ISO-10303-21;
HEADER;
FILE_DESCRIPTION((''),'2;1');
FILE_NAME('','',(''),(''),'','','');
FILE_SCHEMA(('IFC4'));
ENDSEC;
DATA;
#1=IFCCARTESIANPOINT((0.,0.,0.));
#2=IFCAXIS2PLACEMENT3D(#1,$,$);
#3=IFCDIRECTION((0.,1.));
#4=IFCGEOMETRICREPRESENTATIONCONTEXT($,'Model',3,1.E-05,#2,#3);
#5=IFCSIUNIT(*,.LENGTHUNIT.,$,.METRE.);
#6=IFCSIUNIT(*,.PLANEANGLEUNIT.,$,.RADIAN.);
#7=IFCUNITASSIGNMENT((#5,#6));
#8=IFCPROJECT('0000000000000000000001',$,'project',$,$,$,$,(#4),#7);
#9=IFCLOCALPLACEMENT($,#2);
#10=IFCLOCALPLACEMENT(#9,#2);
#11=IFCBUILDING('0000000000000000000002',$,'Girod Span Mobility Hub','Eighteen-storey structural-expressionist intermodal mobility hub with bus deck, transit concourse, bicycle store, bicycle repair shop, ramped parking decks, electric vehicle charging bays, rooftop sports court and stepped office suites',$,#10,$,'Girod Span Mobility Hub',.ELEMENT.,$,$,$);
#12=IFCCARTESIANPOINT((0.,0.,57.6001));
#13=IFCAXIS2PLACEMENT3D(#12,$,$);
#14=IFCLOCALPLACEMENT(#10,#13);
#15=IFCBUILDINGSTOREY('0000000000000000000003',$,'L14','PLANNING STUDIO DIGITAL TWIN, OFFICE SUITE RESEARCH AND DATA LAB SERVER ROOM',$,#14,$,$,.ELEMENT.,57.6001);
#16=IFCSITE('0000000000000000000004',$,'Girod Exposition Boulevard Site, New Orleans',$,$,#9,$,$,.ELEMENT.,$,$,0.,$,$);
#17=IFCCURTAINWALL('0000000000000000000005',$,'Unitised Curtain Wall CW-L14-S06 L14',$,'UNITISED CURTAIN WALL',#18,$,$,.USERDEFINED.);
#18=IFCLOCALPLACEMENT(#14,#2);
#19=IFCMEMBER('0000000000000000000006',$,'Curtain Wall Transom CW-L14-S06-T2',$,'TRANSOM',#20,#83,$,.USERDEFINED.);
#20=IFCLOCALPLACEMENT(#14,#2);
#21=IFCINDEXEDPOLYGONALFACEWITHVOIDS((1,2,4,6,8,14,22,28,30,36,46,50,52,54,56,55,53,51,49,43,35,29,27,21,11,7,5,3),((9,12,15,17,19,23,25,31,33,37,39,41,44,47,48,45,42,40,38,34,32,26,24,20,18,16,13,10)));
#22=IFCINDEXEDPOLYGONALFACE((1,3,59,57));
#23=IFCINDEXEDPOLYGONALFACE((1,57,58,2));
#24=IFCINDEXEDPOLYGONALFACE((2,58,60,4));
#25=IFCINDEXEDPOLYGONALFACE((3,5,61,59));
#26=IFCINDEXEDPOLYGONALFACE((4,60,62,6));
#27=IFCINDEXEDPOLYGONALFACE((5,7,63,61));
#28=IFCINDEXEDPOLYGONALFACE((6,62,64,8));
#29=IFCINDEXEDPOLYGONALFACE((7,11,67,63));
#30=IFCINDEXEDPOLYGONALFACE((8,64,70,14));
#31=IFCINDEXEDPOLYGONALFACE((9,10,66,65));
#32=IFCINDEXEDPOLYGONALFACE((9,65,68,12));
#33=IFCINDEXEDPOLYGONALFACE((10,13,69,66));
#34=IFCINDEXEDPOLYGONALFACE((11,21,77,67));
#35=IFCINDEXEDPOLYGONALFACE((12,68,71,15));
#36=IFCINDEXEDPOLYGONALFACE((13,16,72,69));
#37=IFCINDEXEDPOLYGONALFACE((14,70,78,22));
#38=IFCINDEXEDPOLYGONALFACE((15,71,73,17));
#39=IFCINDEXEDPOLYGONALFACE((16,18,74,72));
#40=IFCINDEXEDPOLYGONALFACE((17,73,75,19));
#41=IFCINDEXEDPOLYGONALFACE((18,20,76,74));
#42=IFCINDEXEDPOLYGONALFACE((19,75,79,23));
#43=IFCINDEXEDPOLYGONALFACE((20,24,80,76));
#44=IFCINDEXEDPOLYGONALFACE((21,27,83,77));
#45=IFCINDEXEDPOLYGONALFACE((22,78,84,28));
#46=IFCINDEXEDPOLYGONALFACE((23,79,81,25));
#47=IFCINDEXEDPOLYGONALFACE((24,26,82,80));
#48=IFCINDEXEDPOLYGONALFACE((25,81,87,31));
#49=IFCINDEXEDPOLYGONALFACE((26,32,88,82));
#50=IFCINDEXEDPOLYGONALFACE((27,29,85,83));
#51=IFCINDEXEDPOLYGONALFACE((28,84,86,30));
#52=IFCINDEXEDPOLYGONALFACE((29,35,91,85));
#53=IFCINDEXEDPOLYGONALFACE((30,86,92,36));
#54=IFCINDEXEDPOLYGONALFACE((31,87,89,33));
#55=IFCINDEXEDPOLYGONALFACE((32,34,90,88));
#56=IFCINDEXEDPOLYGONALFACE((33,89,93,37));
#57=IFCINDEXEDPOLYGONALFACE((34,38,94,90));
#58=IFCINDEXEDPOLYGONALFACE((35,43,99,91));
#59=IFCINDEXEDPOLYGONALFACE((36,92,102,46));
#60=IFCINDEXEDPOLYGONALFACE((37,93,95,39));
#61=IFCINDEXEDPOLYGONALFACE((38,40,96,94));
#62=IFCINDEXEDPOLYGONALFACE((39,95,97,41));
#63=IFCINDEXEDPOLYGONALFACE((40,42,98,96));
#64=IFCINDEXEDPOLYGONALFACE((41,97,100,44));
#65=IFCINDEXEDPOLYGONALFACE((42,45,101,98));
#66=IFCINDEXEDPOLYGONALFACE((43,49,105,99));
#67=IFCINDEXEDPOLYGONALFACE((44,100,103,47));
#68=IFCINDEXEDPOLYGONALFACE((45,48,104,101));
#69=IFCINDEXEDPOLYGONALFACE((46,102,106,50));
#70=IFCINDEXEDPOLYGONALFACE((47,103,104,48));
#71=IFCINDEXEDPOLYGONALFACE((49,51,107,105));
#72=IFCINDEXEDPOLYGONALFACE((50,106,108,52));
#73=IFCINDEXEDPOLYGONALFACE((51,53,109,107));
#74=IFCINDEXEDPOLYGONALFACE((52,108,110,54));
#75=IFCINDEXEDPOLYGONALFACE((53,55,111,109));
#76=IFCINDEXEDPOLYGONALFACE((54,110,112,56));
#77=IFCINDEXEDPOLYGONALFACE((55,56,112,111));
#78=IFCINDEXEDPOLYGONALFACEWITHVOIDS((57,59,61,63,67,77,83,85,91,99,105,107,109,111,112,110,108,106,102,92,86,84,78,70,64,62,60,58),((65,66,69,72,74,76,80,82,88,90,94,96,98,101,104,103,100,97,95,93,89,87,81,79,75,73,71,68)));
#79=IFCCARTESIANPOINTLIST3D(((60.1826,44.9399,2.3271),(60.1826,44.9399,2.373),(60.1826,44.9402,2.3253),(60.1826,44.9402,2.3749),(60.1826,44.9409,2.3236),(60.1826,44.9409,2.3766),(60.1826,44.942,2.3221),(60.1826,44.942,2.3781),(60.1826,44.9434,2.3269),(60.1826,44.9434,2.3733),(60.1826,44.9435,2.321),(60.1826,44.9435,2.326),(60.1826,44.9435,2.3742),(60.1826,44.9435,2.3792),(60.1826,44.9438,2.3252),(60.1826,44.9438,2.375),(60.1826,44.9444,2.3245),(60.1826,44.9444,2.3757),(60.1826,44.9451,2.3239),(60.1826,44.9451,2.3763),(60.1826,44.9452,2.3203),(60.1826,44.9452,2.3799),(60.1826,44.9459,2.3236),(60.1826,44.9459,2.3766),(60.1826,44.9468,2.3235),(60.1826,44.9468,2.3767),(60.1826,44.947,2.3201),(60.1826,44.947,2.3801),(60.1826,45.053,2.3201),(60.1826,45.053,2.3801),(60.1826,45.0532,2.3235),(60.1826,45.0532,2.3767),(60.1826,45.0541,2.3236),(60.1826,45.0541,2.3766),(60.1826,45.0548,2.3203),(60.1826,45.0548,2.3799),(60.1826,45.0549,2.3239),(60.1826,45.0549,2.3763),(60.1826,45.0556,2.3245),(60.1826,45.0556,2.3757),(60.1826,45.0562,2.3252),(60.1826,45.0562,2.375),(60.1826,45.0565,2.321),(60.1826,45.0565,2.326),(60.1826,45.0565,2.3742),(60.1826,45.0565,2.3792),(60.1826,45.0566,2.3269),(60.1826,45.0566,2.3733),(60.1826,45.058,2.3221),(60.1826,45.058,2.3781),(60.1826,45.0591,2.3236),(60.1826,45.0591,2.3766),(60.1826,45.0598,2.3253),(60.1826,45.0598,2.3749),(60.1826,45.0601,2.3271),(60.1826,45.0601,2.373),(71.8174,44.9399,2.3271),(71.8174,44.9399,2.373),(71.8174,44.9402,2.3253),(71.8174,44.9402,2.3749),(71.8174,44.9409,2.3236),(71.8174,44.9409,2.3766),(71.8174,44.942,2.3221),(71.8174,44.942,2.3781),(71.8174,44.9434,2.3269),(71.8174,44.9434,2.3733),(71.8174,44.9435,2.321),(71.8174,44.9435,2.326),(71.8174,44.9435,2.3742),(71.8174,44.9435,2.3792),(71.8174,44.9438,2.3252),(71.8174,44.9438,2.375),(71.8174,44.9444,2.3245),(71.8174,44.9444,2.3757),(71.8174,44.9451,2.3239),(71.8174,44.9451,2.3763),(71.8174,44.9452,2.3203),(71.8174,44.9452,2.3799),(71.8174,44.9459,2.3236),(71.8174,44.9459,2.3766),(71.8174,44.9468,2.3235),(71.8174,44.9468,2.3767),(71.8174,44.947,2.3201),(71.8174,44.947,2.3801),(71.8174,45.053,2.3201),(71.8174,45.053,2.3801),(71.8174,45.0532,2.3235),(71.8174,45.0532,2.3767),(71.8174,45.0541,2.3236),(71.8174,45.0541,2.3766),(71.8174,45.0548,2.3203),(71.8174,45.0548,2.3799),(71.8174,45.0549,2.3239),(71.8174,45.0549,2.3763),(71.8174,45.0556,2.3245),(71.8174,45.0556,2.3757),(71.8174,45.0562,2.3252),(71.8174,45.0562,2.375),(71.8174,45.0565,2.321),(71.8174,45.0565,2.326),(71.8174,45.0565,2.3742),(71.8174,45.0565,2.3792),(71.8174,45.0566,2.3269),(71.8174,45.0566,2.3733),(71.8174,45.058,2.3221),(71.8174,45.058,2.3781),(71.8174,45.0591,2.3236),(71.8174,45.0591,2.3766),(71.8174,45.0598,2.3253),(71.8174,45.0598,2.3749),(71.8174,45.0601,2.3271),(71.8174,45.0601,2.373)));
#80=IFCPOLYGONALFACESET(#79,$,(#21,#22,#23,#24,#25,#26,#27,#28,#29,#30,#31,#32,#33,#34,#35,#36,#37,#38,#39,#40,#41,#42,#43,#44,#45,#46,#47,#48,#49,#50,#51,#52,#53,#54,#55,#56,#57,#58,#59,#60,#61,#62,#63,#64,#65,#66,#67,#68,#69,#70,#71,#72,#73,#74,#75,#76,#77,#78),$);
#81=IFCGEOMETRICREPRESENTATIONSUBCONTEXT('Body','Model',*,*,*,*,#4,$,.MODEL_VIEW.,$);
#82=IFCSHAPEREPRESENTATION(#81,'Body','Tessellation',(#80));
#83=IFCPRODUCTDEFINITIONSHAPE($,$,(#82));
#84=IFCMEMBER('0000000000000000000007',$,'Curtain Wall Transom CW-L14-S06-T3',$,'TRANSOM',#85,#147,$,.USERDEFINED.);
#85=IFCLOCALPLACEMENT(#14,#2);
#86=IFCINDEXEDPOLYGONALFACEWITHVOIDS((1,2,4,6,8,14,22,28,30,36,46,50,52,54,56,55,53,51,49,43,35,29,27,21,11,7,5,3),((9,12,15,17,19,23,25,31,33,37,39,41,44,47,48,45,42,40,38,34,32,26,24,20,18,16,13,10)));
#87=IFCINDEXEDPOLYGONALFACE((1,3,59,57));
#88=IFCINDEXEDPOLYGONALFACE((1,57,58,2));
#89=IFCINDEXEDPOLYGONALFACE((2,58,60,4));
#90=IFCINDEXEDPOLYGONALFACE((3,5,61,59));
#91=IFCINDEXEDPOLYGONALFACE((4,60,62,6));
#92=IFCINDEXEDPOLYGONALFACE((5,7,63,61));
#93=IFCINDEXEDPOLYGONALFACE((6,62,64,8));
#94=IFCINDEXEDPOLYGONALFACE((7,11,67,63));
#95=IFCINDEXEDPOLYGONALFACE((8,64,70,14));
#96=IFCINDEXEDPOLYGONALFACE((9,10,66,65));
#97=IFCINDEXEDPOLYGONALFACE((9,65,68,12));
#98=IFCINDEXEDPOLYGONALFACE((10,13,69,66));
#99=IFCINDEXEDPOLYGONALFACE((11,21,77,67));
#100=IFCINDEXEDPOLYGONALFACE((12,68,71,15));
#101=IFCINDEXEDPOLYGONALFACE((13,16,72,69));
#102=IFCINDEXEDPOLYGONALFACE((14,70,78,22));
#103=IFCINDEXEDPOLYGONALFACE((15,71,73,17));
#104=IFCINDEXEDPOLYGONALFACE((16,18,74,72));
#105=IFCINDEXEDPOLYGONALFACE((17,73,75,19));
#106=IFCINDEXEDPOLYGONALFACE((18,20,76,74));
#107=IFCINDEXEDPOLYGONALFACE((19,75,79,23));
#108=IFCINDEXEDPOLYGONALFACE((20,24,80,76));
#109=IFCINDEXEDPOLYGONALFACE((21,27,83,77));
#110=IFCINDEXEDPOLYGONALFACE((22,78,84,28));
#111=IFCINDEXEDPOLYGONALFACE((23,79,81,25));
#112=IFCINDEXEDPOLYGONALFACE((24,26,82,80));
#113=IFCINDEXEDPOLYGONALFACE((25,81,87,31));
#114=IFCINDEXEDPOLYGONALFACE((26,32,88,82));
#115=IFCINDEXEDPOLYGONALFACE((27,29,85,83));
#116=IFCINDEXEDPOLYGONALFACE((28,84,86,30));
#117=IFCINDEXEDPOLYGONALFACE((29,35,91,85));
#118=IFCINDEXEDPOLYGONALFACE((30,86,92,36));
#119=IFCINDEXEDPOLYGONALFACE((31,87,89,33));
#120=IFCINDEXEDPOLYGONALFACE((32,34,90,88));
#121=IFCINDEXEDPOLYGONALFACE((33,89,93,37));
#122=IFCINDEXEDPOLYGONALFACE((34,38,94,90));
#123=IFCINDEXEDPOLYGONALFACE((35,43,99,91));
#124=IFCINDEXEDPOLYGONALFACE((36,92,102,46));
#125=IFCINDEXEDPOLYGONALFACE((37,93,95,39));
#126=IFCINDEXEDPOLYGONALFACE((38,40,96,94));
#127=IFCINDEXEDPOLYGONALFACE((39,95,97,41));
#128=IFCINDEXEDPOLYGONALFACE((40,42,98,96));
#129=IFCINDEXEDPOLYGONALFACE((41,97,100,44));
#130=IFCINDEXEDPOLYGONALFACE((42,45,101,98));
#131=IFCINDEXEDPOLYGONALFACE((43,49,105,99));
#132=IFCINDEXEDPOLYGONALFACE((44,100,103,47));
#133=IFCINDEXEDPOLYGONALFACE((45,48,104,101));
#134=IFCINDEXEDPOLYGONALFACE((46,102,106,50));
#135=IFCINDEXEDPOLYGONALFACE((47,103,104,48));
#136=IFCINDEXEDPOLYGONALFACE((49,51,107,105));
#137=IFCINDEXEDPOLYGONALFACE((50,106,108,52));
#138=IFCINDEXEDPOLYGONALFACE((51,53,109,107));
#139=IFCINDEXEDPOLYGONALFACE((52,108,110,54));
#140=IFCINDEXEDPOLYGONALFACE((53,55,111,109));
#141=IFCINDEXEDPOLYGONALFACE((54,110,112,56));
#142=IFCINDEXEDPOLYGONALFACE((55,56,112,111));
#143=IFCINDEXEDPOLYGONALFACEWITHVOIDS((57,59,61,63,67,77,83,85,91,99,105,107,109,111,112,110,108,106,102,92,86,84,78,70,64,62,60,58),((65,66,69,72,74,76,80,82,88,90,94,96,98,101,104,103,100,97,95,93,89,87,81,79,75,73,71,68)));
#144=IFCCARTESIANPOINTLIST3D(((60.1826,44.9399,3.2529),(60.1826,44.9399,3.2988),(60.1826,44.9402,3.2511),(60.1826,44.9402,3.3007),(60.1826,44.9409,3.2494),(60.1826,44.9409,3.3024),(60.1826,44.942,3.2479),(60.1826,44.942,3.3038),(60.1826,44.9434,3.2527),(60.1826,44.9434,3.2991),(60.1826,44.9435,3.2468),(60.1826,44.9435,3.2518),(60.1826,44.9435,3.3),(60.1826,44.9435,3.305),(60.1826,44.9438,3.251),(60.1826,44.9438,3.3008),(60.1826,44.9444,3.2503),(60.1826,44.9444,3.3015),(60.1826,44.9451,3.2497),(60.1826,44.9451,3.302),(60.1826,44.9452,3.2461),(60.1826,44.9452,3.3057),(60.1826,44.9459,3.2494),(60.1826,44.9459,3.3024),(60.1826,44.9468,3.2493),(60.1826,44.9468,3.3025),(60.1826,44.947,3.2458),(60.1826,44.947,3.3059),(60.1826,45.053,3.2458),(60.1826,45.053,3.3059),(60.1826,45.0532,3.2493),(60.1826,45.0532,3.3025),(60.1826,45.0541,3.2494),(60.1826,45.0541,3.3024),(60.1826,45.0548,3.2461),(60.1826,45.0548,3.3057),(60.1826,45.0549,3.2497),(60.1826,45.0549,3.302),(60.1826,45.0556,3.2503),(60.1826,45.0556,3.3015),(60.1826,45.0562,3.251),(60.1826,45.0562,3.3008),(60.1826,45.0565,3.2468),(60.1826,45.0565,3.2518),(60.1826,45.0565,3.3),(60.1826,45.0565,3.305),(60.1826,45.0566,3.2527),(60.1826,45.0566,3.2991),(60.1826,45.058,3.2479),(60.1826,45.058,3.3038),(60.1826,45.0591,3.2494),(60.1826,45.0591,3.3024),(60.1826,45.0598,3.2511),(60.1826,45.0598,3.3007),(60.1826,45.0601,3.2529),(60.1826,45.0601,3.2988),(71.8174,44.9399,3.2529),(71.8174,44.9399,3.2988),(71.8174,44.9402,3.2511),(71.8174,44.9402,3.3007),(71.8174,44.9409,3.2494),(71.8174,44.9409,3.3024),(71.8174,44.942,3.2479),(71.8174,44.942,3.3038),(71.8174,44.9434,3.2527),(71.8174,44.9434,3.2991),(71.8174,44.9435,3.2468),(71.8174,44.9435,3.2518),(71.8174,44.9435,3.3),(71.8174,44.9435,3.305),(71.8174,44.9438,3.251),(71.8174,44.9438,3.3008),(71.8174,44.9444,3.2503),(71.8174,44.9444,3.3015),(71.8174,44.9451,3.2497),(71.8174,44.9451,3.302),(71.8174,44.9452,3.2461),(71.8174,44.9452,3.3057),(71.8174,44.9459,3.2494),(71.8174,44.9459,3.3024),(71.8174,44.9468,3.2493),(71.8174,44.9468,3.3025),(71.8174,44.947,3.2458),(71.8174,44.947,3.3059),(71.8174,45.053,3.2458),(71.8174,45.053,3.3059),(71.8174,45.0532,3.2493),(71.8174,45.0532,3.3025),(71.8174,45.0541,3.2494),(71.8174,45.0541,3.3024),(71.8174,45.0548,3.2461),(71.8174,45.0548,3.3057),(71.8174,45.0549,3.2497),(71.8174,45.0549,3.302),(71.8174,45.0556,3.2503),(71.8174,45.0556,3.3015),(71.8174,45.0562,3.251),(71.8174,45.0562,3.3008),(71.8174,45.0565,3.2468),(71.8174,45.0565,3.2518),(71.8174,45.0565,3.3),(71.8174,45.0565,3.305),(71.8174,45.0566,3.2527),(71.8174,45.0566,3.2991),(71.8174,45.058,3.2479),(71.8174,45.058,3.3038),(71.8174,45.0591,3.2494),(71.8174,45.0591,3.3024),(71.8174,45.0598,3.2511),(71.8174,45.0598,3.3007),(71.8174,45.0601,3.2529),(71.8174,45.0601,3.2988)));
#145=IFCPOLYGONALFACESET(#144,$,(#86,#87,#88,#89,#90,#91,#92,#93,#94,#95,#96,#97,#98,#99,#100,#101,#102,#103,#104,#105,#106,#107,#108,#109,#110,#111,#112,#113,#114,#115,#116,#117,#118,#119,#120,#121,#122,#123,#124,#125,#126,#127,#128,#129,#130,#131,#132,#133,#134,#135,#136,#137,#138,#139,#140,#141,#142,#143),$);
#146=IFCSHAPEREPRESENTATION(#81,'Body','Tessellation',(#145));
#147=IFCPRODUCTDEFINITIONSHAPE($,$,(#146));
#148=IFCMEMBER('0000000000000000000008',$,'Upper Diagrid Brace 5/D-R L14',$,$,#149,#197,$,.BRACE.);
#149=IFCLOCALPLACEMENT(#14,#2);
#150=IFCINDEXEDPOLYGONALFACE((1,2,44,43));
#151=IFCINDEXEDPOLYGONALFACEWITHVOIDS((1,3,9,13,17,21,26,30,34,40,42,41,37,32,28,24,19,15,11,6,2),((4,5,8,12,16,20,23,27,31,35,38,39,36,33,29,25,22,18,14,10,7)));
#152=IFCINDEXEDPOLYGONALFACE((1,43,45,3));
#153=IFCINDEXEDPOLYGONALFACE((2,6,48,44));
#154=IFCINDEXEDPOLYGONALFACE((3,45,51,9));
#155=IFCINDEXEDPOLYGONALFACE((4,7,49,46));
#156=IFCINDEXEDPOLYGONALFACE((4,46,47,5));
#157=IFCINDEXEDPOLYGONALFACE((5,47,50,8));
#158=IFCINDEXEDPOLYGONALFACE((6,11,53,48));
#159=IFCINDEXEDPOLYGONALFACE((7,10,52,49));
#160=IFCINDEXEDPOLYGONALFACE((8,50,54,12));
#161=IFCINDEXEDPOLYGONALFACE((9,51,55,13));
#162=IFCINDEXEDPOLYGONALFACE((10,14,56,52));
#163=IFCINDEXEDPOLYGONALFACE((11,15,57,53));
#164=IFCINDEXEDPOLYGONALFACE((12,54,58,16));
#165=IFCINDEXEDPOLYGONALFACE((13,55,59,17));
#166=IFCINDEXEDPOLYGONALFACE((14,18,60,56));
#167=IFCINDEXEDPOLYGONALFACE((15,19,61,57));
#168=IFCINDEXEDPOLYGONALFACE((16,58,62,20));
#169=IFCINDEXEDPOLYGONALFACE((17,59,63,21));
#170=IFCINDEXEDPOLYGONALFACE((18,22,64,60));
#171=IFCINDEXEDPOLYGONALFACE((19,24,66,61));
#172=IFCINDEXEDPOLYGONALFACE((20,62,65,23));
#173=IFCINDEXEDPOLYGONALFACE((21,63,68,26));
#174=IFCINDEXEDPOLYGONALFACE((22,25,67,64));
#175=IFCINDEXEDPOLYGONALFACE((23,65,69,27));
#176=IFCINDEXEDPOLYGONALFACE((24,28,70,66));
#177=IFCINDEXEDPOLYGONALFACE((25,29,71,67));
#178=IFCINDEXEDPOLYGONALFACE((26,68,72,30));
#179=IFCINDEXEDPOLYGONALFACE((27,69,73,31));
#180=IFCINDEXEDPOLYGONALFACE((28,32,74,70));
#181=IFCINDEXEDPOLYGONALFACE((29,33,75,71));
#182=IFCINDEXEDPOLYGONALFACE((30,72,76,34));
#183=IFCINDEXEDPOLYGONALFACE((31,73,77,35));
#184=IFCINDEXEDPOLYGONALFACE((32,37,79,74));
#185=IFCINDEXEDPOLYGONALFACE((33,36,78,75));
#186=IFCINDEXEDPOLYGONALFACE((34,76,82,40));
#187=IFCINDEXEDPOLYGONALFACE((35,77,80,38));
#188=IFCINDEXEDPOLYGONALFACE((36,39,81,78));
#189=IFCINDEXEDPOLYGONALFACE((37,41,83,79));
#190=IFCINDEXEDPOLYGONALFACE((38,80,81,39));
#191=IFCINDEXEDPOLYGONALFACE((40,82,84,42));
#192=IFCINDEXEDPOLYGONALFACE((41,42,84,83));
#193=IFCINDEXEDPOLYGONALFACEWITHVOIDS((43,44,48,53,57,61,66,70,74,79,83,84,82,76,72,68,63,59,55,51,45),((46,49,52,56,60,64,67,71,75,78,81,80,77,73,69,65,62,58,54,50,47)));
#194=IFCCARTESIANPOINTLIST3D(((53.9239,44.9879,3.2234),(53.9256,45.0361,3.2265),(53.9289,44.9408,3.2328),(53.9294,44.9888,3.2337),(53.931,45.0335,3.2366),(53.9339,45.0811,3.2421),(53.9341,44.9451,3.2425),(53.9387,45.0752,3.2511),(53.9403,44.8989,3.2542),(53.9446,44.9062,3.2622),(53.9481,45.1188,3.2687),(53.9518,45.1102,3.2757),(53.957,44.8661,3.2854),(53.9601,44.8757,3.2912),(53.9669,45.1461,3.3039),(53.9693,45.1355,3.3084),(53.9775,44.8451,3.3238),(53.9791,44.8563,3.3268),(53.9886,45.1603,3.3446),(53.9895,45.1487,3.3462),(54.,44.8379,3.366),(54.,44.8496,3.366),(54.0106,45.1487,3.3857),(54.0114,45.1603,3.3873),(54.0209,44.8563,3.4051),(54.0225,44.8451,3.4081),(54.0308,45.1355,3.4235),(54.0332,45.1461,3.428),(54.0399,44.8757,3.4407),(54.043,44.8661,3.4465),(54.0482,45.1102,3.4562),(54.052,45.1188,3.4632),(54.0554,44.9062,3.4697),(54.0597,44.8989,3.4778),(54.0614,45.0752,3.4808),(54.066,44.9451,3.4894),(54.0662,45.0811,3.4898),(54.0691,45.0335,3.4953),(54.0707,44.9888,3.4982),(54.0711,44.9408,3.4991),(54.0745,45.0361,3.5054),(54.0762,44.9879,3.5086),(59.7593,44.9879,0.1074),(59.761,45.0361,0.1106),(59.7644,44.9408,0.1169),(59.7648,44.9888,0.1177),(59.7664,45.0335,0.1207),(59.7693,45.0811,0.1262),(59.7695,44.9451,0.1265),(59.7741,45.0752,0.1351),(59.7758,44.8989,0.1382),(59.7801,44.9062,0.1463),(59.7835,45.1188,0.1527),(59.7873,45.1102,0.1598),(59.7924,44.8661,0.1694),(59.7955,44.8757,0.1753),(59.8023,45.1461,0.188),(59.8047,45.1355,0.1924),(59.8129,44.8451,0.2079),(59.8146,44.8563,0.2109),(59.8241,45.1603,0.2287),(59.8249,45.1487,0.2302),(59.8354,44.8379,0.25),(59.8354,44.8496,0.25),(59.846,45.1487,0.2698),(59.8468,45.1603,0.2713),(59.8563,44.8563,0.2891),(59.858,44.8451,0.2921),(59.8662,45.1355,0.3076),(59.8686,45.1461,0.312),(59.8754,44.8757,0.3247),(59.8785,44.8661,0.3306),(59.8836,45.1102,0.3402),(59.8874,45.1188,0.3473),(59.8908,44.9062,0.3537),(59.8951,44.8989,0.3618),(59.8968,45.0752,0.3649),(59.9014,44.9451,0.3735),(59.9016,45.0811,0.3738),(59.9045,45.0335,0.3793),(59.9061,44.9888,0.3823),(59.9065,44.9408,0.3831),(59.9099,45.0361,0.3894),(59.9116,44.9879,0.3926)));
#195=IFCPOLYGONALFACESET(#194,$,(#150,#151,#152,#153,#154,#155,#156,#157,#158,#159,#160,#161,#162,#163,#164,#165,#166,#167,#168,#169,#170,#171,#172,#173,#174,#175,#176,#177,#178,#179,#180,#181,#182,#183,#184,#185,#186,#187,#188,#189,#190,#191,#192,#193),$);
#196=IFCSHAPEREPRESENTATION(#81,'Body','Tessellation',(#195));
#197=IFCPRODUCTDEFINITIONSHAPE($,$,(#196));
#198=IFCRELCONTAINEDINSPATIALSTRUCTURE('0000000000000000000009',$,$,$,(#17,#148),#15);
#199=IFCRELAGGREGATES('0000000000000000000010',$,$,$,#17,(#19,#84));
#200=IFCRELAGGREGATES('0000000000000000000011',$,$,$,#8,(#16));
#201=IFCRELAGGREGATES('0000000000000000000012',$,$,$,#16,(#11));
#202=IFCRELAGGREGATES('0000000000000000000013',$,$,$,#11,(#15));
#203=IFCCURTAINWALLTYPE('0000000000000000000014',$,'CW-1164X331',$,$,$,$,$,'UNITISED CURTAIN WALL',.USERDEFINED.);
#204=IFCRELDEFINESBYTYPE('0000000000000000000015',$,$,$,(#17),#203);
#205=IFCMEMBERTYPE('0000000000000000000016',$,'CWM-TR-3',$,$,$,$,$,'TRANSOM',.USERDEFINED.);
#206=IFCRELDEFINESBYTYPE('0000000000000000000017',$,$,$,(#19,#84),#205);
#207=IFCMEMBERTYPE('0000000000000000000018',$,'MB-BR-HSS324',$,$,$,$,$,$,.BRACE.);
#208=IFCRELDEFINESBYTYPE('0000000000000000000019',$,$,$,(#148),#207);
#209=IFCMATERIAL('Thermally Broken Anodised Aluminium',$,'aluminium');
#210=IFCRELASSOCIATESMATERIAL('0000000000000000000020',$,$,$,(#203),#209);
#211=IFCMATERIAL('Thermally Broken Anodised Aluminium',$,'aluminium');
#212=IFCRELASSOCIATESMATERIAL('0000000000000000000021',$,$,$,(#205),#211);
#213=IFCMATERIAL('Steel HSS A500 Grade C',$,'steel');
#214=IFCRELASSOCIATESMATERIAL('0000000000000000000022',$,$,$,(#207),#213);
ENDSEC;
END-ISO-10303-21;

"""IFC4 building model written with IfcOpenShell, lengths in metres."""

from ifc_helpers import new_model, si_unit, direction, frame, origin, origin_2d, place, context, subcontext, project, spatial, hollow_rectangle, hollow_circle, extrude, material, material_profile, profile_set, type_object, element, aggregate, save


model = new_model("IFC4")

# Units and contexts
model_context = context("Model", 3, precision=1e-05, world=origin(), true_north=direction((0.0, 1.0)))
body_context = subcontext(model_context, "Body", "Model", "MODEL_VIEW")
ifc_project = project(units=[si_unit("LENGTHUNIT", "METRE"), si_unit("PLANEANGLEUNIT", "RADIAN")], contexts=[model_context])

# Site, building, storey
site_placement = place(None, origin())
site = spatial("IfcSite", under=ifc_project, at=site_placement, Name="Girod Exposition Boulevard Site, New Orleans", CompositionType="ELEMENT", RefElevation=0.0)
building_placement = place(site_placement, origin())
building = spatial("IfcBuilding", under=site, at=building_placement, Name="Girod Span Mobility Hub", Description="Eighteen-storey structural-expressionist intermodal mobility hub with bus deck, transit concourse, bicycle store, bicycle repair shop, ramped parking decks, electric vehicle charging bays, rooftop sports court and stepped office suites", LongName="Girod Span Mobility Hub", CompositionType="ELEMENT")
storey_placement = place(building_placement, frame((0.0, 0.0, 57.6001)))
storey = spatial("IfcBuildingStorey", under=building, at=storey_placement, Name="L14", Description="PLANNING STUDIO DIGITAL TWIN, OFFICE SUITE RESEARCH AND DATA LAB SERVER ROOM", CompositionType="ELEMENT", Elevation=57.6001)

# Curtain wall, members
ifc_material_1 = material(Name="Thermally Broken Anodised Aluminium", Category="aluminium")
curtain_wall_type = type_object("IfcCurtainWallType", Name="CW-1164X331", ElementType="UNITISED CURTAIN WALL", PredefinedType="USERDEFINED", material=ifc_material_1)
curtain_wall_1_placement = place(storey_placement, origin())
curtain_wall_1 = element("IfcCurtainWall", 1, at=curtain_wall_1_placement, inside=storey, type_object=curtain_wall_type, Name="Unitised Curtain Wall CW-L14-S06 L14", ObjectType="UNITISED CURTAIN WALL", PredefinedType="USERDEFINED")
ifc_material_2 = material(Name="Thermally Broken Anodised Aluminium", Category="aluminium")
ifc_material_profile_1 = material_profile(ifc_material_2, hollow_rectangle(XDim=0.1201, YDim=0.0601, WallThickness=0.0034, InnerFilletRadius=0.0034, OuterFilletRadius=0.0071, at=origin_2d()), Name="CW-TR-60X120")
ifc_profile_set_1 = profile_set([ifc_material_profile_1], Name="Thermally Broken Anodised Aluminium")
member_type_1 = type_object("IfcMemberType", Name="CWM-TR-3", ElementType="TRANSOM", PredefinedType="USERDEFINED", material=ifc_profile_set_1)
member_1_placement = place(storey_placement, frame((60.1826, 45.0, 2.3501), z_axis=(1.0, 0.0, 0.0), x_axis=(0.0, 1.0, 0.0)))
member_1 = element("IfcMember", 2, at=member_1_placement, type_object=member_type_1, Name="Curtain Wall Transom CW-L14-S06-T2", ObjectType="TRANSOM", PredefinedType="USERDEFINED", context=body_context, shape_type="SweptSolid", body=[
    extrude(hollow_rectangle(XDim=0.1201, YDim=0.0601, WallThickness=0.0034, InnerFilletRadius=0.0034, OuterFilletRadius=0.0071, at=origin_2d()), origin(), (0.0, 0.0, 1.0), 11.6348),
])
member_2_placement = place(storey_placement, frame((60.1826, 45.0, 3.2759), z_axis=(1.0, 0.0, 0.0), x_axis=(0.0, 1.0, 0.0)))
member_2 = element("IfcMember", 3, at=member_2_placement, type_object=member_type_1, Name="Curtain Wall Transom CW-L14-S06-T3", ObjectType="TRANSOM", PredefinedType="USERDEFINED", context=body_context, shape_type="SweptSolid", body=[
    extrude(hollow_rectangle(XDim=0.1201, YDim=0.0601, WallThickness=0.0034, InnerFilletRadius=0.0034, OuterFilletRadius=0.0071, at=origin_2d()), origin(), (0.0, 0.0, 1.0), 11.6348),
])
aggregate(curtain_wall_1, [member_1, member_2])

# Member
ifc_material_3 = material(Name="Steel HSS A500 Grade C", Category="steel")
ifc_material_profile_2 = material_profile(ifc_material_3, hollow_circle(Radius=0.1621, WallThickness=0.0117, at=origin_2d()), Name="HSS324X12.7")
ifc_profile_set_2 = profile_set([ifc_material_profile_2], Name="Steel HSS A500 Grade C")
member_type_2 = type_object("IfcMemberType", Name="MB-BR-HSS324", PredefinedType="BRACE", material=ifc_profile_set_2)
member_3_placement = place(storey_placement, frame((59.8354, 45.0, 0.25), z_axis=(-0.882119, 0.0, 0.471027), x_axis=(0.0, -1.0, 0.0)))
element("IfcMember", 4, at=member_3_placement, inside=storey, type_object=member_type_2, Name="Upper Diagrid Brace 5/D-R L14", PredefinedType="BRACE", context=body_context, shape_type="SweptSolid", body=[
    extrude(hollow_circle(Radius=0.1621, WallThickness=0.0117, at=origin_2d()), origin(), (0.0, 0.0, 1.0), 6.6152),
])

save(model, "model.ifc")
